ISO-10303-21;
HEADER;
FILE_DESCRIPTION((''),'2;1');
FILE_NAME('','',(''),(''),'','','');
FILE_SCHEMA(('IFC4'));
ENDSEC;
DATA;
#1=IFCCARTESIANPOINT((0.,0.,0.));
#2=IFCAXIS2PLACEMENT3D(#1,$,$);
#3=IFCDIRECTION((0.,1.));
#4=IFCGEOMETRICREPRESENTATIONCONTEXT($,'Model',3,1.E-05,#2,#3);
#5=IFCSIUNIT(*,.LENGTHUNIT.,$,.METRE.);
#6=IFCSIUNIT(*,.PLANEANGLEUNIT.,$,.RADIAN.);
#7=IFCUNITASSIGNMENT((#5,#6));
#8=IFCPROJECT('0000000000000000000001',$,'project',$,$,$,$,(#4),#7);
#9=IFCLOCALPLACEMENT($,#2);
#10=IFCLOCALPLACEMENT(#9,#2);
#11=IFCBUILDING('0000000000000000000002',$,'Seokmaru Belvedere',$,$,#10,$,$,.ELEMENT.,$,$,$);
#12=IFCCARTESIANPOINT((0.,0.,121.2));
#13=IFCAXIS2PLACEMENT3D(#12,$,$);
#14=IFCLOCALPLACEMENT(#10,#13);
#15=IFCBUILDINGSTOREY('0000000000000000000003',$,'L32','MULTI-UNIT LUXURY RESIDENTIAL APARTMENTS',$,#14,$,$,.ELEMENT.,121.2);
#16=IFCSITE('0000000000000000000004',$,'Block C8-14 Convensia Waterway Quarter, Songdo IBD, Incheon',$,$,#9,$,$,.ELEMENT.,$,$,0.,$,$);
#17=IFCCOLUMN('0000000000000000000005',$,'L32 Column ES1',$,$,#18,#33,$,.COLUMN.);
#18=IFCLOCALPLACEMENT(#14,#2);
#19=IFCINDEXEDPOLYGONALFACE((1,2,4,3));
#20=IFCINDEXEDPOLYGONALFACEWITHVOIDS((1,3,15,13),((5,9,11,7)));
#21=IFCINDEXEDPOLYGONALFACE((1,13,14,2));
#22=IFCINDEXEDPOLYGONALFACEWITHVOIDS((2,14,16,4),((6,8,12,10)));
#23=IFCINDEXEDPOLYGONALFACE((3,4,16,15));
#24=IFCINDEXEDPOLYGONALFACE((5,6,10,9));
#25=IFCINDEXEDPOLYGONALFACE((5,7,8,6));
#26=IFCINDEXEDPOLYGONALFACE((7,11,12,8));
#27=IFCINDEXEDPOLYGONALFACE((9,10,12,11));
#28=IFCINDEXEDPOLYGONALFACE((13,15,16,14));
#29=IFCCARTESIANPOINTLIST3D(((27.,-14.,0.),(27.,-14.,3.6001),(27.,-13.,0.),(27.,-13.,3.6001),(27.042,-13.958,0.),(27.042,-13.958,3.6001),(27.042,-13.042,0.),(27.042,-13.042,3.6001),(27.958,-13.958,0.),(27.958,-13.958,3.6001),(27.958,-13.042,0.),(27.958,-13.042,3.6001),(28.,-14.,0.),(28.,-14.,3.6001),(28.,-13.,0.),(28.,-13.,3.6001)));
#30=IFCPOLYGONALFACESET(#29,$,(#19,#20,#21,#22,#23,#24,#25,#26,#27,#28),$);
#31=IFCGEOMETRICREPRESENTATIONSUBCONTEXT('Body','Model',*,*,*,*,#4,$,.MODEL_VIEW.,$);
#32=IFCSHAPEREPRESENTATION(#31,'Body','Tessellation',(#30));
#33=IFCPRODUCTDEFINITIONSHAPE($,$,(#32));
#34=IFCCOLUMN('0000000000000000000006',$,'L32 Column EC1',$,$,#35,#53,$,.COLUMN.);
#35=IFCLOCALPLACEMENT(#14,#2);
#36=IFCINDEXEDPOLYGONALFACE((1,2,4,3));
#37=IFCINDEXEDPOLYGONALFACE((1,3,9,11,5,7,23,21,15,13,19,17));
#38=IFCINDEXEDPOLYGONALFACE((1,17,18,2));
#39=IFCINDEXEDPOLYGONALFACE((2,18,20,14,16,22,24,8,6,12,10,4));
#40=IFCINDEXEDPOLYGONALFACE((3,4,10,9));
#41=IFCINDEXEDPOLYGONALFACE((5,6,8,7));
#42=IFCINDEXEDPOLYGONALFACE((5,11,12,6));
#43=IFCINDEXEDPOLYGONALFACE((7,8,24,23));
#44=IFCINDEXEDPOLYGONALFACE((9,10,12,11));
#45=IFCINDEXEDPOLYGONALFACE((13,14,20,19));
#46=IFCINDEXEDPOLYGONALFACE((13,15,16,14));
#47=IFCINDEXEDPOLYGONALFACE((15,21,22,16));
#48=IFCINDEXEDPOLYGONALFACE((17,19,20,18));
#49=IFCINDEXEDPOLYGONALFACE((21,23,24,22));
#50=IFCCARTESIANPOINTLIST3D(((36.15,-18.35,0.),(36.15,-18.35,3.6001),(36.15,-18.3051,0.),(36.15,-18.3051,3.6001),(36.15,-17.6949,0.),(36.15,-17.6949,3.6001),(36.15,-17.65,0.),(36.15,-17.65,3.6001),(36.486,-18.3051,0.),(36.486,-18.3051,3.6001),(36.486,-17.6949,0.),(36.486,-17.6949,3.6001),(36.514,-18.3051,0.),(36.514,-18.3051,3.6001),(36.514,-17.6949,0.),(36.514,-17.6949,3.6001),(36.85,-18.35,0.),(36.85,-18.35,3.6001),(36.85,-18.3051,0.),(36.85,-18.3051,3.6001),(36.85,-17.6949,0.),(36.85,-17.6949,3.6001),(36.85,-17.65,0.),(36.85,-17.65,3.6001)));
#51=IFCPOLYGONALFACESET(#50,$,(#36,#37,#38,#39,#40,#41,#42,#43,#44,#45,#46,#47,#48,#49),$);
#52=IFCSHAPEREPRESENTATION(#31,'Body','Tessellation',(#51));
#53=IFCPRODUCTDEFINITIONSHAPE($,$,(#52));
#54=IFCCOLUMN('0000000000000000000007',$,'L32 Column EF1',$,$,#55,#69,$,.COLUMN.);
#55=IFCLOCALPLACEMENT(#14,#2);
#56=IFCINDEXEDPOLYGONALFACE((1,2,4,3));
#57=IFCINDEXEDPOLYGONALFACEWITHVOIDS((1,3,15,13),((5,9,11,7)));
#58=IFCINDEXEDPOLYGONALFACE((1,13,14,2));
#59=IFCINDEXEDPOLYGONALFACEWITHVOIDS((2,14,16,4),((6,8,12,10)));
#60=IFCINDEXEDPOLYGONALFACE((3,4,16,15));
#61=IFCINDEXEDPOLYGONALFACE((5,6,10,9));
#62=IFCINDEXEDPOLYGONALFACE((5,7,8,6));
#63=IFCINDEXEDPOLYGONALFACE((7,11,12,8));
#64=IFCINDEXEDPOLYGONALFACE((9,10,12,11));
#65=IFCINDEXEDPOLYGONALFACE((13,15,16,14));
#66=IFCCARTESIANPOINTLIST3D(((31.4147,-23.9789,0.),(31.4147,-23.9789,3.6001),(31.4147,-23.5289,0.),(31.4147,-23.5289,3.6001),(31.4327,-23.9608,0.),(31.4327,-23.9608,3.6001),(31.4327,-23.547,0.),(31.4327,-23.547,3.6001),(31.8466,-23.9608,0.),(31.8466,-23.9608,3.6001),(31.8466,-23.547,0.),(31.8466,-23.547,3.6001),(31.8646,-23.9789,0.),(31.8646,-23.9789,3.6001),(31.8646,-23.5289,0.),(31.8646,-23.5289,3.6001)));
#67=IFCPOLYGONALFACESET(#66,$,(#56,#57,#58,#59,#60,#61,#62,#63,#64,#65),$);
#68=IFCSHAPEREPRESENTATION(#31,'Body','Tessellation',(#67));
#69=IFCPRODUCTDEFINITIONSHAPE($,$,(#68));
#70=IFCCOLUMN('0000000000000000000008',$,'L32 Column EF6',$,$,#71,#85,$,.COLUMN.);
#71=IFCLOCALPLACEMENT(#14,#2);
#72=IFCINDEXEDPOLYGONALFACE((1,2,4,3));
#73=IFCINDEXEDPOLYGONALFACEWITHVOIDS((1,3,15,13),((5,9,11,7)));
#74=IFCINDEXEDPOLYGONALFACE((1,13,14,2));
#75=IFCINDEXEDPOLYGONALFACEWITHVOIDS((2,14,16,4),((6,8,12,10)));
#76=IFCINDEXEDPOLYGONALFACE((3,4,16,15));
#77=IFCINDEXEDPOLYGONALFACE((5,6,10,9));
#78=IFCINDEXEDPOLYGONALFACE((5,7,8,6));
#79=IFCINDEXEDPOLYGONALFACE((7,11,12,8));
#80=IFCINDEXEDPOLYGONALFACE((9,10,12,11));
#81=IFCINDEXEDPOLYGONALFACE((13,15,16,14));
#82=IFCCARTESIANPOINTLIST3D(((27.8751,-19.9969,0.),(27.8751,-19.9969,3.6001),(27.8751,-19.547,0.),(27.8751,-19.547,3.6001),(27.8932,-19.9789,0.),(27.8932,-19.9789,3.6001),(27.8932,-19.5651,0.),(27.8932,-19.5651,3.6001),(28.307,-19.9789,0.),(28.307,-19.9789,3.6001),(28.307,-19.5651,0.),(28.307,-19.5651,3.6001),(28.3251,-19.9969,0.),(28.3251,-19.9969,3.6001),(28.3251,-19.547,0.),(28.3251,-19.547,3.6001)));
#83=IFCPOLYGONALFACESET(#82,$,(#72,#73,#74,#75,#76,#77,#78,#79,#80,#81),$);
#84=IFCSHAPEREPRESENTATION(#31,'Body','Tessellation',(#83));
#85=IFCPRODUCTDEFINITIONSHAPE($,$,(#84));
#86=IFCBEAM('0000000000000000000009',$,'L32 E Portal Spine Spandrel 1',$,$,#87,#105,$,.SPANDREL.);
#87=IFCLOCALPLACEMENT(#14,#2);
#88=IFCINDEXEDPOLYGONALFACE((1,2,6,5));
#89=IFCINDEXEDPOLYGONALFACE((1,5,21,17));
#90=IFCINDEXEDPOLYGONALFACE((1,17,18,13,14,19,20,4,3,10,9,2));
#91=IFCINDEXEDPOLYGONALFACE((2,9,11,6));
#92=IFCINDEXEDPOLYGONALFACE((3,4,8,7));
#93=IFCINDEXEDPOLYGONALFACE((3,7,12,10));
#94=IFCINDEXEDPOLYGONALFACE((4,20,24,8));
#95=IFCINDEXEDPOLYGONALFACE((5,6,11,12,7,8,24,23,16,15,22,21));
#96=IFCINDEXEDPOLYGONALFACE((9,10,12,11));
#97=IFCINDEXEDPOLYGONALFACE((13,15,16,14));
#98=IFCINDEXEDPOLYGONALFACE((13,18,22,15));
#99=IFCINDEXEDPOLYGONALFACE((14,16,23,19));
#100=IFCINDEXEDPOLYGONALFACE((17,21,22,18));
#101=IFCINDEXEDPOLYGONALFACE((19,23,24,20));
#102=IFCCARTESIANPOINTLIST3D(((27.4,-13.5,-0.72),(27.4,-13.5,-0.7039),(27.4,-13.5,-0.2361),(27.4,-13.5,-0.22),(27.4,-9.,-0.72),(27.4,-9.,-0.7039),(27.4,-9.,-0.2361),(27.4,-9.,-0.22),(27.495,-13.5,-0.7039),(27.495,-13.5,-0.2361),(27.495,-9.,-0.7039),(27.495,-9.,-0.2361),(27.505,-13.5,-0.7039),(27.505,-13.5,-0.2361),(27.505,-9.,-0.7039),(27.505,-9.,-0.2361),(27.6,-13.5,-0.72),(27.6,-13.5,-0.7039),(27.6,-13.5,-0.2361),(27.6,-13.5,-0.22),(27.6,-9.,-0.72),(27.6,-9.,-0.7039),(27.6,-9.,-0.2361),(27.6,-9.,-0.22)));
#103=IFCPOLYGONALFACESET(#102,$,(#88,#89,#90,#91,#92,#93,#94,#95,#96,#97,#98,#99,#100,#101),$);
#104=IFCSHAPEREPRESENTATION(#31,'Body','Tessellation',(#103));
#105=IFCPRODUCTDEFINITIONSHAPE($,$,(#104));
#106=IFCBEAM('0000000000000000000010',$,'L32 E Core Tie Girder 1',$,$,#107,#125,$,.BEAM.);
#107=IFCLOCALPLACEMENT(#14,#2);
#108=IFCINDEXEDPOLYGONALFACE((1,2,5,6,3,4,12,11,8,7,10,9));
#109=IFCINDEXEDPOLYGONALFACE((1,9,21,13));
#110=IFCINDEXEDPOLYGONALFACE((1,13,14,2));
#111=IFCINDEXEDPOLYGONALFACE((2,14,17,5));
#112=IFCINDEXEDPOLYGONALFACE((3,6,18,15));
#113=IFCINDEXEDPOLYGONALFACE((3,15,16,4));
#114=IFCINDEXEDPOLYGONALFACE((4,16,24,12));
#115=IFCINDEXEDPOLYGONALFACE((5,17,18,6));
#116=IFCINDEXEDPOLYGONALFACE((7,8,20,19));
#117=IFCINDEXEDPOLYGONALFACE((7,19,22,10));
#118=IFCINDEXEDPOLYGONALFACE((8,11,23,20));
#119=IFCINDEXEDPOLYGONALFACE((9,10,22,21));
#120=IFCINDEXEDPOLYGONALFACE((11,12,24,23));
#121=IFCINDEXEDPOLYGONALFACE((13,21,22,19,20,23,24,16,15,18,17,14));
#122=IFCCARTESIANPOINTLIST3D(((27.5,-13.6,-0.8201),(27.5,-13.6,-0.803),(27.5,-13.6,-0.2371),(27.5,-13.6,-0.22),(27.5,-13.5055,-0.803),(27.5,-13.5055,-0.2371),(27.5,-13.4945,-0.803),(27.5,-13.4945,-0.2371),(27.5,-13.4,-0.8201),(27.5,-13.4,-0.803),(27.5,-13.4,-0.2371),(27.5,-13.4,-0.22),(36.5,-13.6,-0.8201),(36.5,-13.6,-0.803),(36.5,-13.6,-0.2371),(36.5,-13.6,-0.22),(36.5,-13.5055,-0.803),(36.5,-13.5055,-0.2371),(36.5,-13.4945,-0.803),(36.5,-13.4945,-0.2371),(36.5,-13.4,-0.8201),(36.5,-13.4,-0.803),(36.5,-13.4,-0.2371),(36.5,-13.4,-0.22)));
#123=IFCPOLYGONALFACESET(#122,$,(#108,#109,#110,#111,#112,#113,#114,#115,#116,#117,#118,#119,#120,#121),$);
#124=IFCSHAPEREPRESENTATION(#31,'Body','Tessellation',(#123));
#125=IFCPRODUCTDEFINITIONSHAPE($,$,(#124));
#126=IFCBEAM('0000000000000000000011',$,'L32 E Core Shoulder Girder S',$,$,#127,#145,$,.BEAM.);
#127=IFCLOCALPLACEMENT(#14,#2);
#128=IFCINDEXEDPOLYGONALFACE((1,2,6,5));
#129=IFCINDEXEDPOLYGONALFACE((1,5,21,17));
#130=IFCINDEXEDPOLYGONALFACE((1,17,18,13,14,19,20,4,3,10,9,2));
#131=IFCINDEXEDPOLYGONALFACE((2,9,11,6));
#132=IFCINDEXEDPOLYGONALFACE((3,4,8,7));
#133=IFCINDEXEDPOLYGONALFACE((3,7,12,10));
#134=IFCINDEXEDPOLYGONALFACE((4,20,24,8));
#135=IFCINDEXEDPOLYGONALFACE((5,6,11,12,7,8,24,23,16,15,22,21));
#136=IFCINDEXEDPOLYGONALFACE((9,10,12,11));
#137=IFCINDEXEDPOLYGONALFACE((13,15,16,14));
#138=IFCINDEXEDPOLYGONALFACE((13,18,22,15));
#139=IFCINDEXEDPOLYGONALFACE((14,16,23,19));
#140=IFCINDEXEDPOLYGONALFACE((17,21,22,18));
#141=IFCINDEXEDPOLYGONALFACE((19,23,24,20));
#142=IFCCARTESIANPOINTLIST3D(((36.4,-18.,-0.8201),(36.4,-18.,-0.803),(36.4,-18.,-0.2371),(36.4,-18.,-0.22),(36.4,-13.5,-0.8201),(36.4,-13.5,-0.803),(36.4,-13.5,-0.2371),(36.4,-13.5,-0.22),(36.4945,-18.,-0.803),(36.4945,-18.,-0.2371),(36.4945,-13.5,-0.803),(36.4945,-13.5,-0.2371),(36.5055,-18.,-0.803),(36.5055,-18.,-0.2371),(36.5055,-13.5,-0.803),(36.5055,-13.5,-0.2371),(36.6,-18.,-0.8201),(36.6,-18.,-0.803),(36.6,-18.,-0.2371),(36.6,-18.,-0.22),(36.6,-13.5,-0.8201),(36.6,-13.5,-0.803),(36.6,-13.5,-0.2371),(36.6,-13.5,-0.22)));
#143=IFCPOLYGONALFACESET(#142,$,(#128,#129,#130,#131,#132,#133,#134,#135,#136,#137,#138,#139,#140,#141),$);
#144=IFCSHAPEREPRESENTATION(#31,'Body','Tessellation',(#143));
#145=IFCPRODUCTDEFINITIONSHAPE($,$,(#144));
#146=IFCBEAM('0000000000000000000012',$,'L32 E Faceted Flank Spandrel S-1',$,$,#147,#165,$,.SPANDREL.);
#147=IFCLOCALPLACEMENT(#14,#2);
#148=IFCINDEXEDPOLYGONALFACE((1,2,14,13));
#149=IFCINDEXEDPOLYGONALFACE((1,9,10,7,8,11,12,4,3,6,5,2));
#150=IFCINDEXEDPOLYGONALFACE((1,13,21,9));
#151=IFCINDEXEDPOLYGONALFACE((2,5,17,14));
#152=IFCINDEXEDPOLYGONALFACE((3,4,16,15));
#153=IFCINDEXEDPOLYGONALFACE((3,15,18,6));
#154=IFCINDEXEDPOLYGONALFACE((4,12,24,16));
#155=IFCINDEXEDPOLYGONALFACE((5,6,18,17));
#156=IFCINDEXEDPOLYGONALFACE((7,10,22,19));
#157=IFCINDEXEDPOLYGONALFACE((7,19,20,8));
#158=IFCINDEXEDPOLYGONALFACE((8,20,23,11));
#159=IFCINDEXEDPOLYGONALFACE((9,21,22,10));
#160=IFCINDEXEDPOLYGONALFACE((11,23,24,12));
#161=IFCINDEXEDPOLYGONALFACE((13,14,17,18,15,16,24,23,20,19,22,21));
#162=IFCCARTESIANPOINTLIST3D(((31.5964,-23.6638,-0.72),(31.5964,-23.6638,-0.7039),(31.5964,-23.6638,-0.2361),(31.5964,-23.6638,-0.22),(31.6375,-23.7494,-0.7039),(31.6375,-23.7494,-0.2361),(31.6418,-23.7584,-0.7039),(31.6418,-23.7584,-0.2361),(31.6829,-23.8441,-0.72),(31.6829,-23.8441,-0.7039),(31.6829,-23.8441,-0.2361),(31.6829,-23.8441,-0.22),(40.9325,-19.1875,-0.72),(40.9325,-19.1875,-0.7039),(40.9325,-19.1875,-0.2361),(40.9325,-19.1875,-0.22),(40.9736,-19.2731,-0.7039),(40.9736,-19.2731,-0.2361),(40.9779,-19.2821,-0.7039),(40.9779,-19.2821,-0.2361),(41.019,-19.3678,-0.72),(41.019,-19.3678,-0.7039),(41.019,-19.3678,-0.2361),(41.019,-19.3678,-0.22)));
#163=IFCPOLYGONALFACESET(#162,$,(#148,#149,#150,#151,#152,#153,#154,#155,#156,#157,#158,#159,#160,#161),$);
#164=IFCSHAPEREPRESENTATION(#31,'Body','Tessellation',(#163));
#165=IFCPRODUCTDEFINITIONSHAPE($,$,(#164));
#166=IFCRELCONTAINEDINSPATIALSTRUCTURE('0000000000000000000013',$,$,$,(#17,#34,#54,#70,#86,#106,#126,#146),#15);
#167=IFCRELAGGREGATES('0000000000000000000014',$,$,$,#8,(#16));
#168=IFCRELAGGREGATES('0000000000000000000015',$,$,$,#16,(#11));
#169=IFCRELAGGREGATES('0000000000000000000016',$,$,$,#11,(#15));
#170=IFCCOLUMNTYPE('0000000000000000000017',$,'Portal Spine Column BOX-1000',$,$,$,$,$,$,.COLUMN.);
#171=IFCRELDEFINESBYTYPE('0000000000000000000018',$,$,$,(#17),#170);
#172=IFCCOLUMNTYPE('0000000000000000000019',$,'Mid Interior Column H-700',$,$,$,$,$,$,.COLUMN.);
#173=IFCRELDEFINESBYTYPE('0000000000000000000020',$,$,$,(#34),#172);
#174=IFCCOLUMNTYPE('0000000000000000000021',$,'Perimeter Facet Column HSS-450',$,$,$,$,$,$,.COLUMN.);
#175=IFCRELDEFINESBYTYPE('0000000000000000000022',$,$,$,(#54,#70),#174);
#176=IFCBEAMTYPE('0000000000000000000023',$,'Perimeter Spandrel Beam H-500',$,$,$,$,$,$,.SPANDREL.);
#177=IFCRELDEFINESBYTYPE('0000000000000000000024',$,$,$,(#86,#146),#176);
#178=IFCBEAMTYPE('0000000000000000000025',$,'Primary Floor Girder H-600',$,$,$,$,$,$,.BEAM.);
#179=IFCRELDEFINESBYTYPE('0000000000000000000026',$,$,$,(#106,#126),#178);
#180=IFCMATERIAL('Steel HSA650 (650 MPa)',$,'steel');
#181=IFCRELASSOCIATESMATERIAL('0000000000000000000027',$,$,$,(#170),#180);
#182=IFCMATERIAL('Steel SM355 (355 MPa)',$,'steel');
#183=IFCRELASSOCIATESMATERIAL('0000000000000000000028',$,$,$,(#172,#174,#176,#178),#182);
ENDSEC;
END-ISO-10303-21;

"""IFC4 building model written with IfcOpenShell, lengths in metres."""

from ifc_helpers import new_model, si_unit, direction, frame, origin, origin_2d, place, context, subcontext, project, spatial, hollow_rectangle, i_section, extrude, source, transform, mapped, material, material_profile, profile_set, type_object, type_shapes, element, save


model = new_model("IFC4")

# Units and contexts
model_context = context("Model", 3, precision=1e-05, world=origin(), true_north=direction((0.0, 1.0)))
body_context = subcontext(model_context, "Body", "Model", "MODEL_VIEW")
ifc_project = project(units=[si_unit("LENGTHUNIT", "METRE"), si_unit("PLANEANGLEUNIT", "RADIAN")], contexts=[model_context])

# Site, building, storey
site_placement = place(None, origin())
site = spatial("IfcSite", under=ifc_project, at=site_placement, Name="Block C8-14 Convensia Waterway Quarter, Songdo IBD, Incheon", CompositionType="ELEMENT", RefElevation=0.0)
building_placement = place(site_placement, origin())
building = spatial("IfcBuilding", under=site, at=building_placement, Name="Seokmaru Belvedere", CompositionType="ELEMENT")
storey_placement = place(building_placement, frame((0.0, 0.0, 121.2)))
storey = spatial("IfcBuildingStorey", under=building, at=storey_placement, Name="L32", Description="MULTI-UNIT LUXURY RESIDENTIAL APARTMENTS", CompositionType="ELEMENT", Elevation=121.2)

# Columns
ifc_material_1 = material(Name="Steel HSA650 (650 MPa)", Category="steel")
ifc_material_profile_1 = material_profile(ifc_material_1, hollow_rectangle(XDim=1.0, YDim=1.0, WallThickness=0.042, at=origin_2d()), Name="BOX-1000x1000x42")
ifc_profile_set_1 = profile_set([ifc_material_profile_1], Name="Steel HSA650 (650 MPa)")
column_type_1 = type_object("IfcColumnType", Name="Portal Spine Column BOX-1000", PredefinedType="COLUMN", material=ifc_profile_set_1)
shared_shape_1 = source(origin(), body_context, "Body", "SweptSolid", [
    extrude(hollow_rectangle(XDim=1.0, YDim=1.0, WallThickness=0.042, at=origin_2d()), origin(), (0.0, 0.0, 1.0), 3.6001),
])
type_shapes(column_type_1, [shared_shape_1])
column_1_placement = place(storey_placement, frame((27.5, -13.5, 0.0), z_axis=(0.0, 0.0, 1.0), x_axis=(1.0, 0.0, 0.0)))
element("IfcColumn", 1, at=column_1_placement, inside=storey, type_object=column_type_1, Name="L32 Column ES1", PredefinedType="COLUMN", context=body_context, shape_type="MappedRepresentation", body=[
    mapped(shared_shape_1, transform((0.0, 0.0, 0.0), scale=1.0)),
])
ifc_material_2 = material(Name="Steel SM355 (355 MPa)", Category="steel")
ifc_material_profile_2 = material_profile(ifc_material_2, i_section(OverallWidth=0.7, OverallDepth=0.7, WebThickness=0.0281, FlangeThickness=0.0449, at=origin_2d()), Name="H-700x700x28x45")
ifc_profile_set_2 = profile_set([ifc_material_profile_2], Name="Steel SM355 (355 MPa)")
column_type_2 = type_object("IfcColumnType", Name="Mid Interior Column H-700", PredefinedType="COLUMN", material=ifc_profile_set_2)
shared_shape_2 = source(origin(), body_context, "Body", "SweptSolid", [
    extrude(i_section(OverallWidth=0.7, OverallDepth=0.7, WebThickness=0.0281, FlangeThickness=0.0449, at=origin_2d()), origin(), (0.0, 0.0, 1.0), 3.6001),
])
type_shapes(column_type_2, [shared_shape_2])
column_2_placement = place(storey_placement, frame((36.5, -18.0, 0.0), z_axis=(0.0, 0.0, 1.0), x_axis=(1.0, 0.0, 0.0)))
element("IfcColumn", 2, at=column_2_placement, inside=storey, type_object=column_type_2, Name="L32 Column EC1", PredefinedType="COLUMN", context=body_context, shape_type="MappedRepresentation", body=[
    mapped(shared_shape_2, transform((0.0, 0.0, 0.0), scale=1.0)),
])
ifc_material_profile_3 = material_profile(ifc_material_2, hollow_rectangle(XDim=0.45, YDim=0.45, WallThickness=0.0181, at=origin_2d()), Name="HSS-450x450x18")
ifc_profile_set_3 = profile_set([ifc_material_profile_3], Name="Steel SM355 (355 MPa)")
column_type_3 = type_object("IfcColumnType", Name="Perimeter Facet Column HSS-450", PredefinedType="COLUMN", material=ifc_profile_set_3)
shared_shape_3 = source(origin(), body_context, "Body", "SweptSolid", [
    extrude(hollow_rectangle(XDim=0.45, YDim=0.45, WallThickness=0.0181, at=origin_2d()), origin(), (0.0, 0.0, 1.0), 3.6001),
])
type_shapes(column_type_3, [shared_shape_3])
for number, where, z_axis, x_axis, name in (
    (3, (31.6396, -23.7539, 0.0), (0.0, 0.0, 1.0), (1.0, 0.0, 0.0), "L32 Column EF1"),
    (4, (28.1001, -19.772, 0.0), (0.0, 0.0, 1.0), (1.0, 0.0, 0.0), "L32 Column EF6"),
):
    element("IfcColumn", number, at=place(storey_placement, frame(where, z_axis=z_axis, x_axis=x_axis)), inside=storey, type_object=column_type_3, Name=name, PredefinedType="COLUMN", context=body_context, shape_type="MappedRepresentation", body=[
        mapped(shared_shape_3, transform((0.0, 0.0, 0.0), scale=1.0)),
    ])

# Beams
ifc_material_profile_4 = material_profile(ifc_material_2, i_section(OverallWidth=0.2, OverallDepth=0.5, WebThickness=0.01, FlangeThickness=0.0161, at=origin_2d()), Name="H-500x200x10x16")
ifc_profile_set_4 = profile_set([ifc_material_profile_4], Name="Steel SM355 (355 MPa)")
beam_type_1 = type_object("IfcBeamType", Name="Perimeter Spandrel Beam H-500", PredefinedType="SPANDREL", material=ifc_profile_set_4)
shared_shape_4 = source(origin(), body_context, "Body", "SweptSolid", [
    extrude(i_section(OverallWidth=0.2, OverallDepth=0.5, WebThickness=0.01, FlangeThickness=0.0161, at=origin_2d()), origin(), (0.0, 0.0, 1.0), 4.5),
])
beam_1_placement = place(storey_placement, frame((27.5, -13.5, -0.47), z_axis=(0.0, 1.0, 0.0), x_axis=(-1.0, 0.0, 0.0)))
element("IfcBeam", 5, at=beam_1_placement, inside=storey, type_object=beam_type_1, Name="L32 E Portal Spine Spandrel 1", PredefinedType="SPANDREL", context=body_context, shape_type="MappedRepresentation", body=[
    mapped(shared_shape_4, transform((0.0, 0.0, 0.0), scale=1.0)),
])
ifc_material_profile_5 = material_profile(ifc_material_2, i_section(OverallWidth=0.2, OverallDepth=0.6001, WebThickness=0.011, FlangeThickness=0.0171, at=origin_2d()), Name="H-600x200x11x17")
ifc_profile_set_5 = profile_set([ifc_material_profile_5], Name="Steel SM355 (355 MPa)")
beam_type_2 = type_object("IfcBeamType", Name="Primary Floor Girder H-600", PredefinedType="BEAM", material=ifc_profile_set_5)
shared_shape_5 = source(origin(), body_context, "Body", "SweptSolid", [
    extrude(i_section(OverallWidth=0.2, OverallDepth=0.6001, WebThickness=0.011, FlangeThickness=0.0171, at=origin_2d()), origin(), (0.0, 0.0, 1.0), 9.0),
])
beam_2_placement = place(storey_placement, frame((27.5, -13.5, -0.52), z_axis=(1.0, 0.0, 0.0), x_axis=(0.0, 1.0, 0.0)))
element("IfcBeam", 6, at=beam_2_placement, inside=storey, type_object=beam_type_2, Name="L32 E Core Tie Girder 1", PredefinedType="BEAM", context=body_context, shape_type="MappedRepresentation", body=[
    mapped(shared_shape_5, transform((0.0, 0.0, 0.0), scale=1.0)),
])
shared_shape_6 = source(origin(), body_context, "Body", "SweptSolid", [
    extrude(i_section(OverallWidth=0.2, OverallDepth=0.6001, WebThickness=0.011, FlangeThickness=0.0171, at=origin_2d()), origin(), (0.0, 0.0, 1.0), 4.5),
])
type_shapes(beam_type_2, [shared_shape_5, shared_shape_6])
beam_3_placement = place(storey_placement, frame((36.5, -18.0, -0.52), z_axis=(0.0, 1.0, 0.0), x_axis=(-1.0, 0.0, 0.0)))
element("IfcBeam", 7, at=beam_3_placement, inside=storey, type_object=beam_type_2, Name="L32 E Core Shoulder Girder S", PredefinedType="BEAM", context=body_context, shape_type="MappedRepresentation", body=[
    mapped(shared_shape_6, transform((0.0, 0.0, 0.0), scale=1.0)),
])
shared_shape_7 = source(origin(), body_context, "Body", "SweptSolid", [
    extrude(i_section(OverallWidth=0.2, OverallDepth=0.5, WebThickness=0.01, FlangeThickness=0.0161, at=origin_2d()), origin(), (0.0, 0.0, 1.0), 10.3538),
])
beam_4_placement = place(storey_placement, frame((31.6396, -23.7539, -0.47), z_axis=(0.901713, 0.432335, 0.0), x_axis=(-0.432335, 0.901713, 0.0)))
element("IfcBeam", 8, at=beam_4_placement, inside=storey, type_object=beam_type_1, Name="L32 E Faceted Flank Spandrel S-1", PredefinedType="SPANDREL", context=body_context, shape_type="MappedRepresentation", body=[
    mapped(shared_shape_7, transform((0.0, 0.0, 0.0), scale=1.0)),
])

save(model, "model.ifc")
